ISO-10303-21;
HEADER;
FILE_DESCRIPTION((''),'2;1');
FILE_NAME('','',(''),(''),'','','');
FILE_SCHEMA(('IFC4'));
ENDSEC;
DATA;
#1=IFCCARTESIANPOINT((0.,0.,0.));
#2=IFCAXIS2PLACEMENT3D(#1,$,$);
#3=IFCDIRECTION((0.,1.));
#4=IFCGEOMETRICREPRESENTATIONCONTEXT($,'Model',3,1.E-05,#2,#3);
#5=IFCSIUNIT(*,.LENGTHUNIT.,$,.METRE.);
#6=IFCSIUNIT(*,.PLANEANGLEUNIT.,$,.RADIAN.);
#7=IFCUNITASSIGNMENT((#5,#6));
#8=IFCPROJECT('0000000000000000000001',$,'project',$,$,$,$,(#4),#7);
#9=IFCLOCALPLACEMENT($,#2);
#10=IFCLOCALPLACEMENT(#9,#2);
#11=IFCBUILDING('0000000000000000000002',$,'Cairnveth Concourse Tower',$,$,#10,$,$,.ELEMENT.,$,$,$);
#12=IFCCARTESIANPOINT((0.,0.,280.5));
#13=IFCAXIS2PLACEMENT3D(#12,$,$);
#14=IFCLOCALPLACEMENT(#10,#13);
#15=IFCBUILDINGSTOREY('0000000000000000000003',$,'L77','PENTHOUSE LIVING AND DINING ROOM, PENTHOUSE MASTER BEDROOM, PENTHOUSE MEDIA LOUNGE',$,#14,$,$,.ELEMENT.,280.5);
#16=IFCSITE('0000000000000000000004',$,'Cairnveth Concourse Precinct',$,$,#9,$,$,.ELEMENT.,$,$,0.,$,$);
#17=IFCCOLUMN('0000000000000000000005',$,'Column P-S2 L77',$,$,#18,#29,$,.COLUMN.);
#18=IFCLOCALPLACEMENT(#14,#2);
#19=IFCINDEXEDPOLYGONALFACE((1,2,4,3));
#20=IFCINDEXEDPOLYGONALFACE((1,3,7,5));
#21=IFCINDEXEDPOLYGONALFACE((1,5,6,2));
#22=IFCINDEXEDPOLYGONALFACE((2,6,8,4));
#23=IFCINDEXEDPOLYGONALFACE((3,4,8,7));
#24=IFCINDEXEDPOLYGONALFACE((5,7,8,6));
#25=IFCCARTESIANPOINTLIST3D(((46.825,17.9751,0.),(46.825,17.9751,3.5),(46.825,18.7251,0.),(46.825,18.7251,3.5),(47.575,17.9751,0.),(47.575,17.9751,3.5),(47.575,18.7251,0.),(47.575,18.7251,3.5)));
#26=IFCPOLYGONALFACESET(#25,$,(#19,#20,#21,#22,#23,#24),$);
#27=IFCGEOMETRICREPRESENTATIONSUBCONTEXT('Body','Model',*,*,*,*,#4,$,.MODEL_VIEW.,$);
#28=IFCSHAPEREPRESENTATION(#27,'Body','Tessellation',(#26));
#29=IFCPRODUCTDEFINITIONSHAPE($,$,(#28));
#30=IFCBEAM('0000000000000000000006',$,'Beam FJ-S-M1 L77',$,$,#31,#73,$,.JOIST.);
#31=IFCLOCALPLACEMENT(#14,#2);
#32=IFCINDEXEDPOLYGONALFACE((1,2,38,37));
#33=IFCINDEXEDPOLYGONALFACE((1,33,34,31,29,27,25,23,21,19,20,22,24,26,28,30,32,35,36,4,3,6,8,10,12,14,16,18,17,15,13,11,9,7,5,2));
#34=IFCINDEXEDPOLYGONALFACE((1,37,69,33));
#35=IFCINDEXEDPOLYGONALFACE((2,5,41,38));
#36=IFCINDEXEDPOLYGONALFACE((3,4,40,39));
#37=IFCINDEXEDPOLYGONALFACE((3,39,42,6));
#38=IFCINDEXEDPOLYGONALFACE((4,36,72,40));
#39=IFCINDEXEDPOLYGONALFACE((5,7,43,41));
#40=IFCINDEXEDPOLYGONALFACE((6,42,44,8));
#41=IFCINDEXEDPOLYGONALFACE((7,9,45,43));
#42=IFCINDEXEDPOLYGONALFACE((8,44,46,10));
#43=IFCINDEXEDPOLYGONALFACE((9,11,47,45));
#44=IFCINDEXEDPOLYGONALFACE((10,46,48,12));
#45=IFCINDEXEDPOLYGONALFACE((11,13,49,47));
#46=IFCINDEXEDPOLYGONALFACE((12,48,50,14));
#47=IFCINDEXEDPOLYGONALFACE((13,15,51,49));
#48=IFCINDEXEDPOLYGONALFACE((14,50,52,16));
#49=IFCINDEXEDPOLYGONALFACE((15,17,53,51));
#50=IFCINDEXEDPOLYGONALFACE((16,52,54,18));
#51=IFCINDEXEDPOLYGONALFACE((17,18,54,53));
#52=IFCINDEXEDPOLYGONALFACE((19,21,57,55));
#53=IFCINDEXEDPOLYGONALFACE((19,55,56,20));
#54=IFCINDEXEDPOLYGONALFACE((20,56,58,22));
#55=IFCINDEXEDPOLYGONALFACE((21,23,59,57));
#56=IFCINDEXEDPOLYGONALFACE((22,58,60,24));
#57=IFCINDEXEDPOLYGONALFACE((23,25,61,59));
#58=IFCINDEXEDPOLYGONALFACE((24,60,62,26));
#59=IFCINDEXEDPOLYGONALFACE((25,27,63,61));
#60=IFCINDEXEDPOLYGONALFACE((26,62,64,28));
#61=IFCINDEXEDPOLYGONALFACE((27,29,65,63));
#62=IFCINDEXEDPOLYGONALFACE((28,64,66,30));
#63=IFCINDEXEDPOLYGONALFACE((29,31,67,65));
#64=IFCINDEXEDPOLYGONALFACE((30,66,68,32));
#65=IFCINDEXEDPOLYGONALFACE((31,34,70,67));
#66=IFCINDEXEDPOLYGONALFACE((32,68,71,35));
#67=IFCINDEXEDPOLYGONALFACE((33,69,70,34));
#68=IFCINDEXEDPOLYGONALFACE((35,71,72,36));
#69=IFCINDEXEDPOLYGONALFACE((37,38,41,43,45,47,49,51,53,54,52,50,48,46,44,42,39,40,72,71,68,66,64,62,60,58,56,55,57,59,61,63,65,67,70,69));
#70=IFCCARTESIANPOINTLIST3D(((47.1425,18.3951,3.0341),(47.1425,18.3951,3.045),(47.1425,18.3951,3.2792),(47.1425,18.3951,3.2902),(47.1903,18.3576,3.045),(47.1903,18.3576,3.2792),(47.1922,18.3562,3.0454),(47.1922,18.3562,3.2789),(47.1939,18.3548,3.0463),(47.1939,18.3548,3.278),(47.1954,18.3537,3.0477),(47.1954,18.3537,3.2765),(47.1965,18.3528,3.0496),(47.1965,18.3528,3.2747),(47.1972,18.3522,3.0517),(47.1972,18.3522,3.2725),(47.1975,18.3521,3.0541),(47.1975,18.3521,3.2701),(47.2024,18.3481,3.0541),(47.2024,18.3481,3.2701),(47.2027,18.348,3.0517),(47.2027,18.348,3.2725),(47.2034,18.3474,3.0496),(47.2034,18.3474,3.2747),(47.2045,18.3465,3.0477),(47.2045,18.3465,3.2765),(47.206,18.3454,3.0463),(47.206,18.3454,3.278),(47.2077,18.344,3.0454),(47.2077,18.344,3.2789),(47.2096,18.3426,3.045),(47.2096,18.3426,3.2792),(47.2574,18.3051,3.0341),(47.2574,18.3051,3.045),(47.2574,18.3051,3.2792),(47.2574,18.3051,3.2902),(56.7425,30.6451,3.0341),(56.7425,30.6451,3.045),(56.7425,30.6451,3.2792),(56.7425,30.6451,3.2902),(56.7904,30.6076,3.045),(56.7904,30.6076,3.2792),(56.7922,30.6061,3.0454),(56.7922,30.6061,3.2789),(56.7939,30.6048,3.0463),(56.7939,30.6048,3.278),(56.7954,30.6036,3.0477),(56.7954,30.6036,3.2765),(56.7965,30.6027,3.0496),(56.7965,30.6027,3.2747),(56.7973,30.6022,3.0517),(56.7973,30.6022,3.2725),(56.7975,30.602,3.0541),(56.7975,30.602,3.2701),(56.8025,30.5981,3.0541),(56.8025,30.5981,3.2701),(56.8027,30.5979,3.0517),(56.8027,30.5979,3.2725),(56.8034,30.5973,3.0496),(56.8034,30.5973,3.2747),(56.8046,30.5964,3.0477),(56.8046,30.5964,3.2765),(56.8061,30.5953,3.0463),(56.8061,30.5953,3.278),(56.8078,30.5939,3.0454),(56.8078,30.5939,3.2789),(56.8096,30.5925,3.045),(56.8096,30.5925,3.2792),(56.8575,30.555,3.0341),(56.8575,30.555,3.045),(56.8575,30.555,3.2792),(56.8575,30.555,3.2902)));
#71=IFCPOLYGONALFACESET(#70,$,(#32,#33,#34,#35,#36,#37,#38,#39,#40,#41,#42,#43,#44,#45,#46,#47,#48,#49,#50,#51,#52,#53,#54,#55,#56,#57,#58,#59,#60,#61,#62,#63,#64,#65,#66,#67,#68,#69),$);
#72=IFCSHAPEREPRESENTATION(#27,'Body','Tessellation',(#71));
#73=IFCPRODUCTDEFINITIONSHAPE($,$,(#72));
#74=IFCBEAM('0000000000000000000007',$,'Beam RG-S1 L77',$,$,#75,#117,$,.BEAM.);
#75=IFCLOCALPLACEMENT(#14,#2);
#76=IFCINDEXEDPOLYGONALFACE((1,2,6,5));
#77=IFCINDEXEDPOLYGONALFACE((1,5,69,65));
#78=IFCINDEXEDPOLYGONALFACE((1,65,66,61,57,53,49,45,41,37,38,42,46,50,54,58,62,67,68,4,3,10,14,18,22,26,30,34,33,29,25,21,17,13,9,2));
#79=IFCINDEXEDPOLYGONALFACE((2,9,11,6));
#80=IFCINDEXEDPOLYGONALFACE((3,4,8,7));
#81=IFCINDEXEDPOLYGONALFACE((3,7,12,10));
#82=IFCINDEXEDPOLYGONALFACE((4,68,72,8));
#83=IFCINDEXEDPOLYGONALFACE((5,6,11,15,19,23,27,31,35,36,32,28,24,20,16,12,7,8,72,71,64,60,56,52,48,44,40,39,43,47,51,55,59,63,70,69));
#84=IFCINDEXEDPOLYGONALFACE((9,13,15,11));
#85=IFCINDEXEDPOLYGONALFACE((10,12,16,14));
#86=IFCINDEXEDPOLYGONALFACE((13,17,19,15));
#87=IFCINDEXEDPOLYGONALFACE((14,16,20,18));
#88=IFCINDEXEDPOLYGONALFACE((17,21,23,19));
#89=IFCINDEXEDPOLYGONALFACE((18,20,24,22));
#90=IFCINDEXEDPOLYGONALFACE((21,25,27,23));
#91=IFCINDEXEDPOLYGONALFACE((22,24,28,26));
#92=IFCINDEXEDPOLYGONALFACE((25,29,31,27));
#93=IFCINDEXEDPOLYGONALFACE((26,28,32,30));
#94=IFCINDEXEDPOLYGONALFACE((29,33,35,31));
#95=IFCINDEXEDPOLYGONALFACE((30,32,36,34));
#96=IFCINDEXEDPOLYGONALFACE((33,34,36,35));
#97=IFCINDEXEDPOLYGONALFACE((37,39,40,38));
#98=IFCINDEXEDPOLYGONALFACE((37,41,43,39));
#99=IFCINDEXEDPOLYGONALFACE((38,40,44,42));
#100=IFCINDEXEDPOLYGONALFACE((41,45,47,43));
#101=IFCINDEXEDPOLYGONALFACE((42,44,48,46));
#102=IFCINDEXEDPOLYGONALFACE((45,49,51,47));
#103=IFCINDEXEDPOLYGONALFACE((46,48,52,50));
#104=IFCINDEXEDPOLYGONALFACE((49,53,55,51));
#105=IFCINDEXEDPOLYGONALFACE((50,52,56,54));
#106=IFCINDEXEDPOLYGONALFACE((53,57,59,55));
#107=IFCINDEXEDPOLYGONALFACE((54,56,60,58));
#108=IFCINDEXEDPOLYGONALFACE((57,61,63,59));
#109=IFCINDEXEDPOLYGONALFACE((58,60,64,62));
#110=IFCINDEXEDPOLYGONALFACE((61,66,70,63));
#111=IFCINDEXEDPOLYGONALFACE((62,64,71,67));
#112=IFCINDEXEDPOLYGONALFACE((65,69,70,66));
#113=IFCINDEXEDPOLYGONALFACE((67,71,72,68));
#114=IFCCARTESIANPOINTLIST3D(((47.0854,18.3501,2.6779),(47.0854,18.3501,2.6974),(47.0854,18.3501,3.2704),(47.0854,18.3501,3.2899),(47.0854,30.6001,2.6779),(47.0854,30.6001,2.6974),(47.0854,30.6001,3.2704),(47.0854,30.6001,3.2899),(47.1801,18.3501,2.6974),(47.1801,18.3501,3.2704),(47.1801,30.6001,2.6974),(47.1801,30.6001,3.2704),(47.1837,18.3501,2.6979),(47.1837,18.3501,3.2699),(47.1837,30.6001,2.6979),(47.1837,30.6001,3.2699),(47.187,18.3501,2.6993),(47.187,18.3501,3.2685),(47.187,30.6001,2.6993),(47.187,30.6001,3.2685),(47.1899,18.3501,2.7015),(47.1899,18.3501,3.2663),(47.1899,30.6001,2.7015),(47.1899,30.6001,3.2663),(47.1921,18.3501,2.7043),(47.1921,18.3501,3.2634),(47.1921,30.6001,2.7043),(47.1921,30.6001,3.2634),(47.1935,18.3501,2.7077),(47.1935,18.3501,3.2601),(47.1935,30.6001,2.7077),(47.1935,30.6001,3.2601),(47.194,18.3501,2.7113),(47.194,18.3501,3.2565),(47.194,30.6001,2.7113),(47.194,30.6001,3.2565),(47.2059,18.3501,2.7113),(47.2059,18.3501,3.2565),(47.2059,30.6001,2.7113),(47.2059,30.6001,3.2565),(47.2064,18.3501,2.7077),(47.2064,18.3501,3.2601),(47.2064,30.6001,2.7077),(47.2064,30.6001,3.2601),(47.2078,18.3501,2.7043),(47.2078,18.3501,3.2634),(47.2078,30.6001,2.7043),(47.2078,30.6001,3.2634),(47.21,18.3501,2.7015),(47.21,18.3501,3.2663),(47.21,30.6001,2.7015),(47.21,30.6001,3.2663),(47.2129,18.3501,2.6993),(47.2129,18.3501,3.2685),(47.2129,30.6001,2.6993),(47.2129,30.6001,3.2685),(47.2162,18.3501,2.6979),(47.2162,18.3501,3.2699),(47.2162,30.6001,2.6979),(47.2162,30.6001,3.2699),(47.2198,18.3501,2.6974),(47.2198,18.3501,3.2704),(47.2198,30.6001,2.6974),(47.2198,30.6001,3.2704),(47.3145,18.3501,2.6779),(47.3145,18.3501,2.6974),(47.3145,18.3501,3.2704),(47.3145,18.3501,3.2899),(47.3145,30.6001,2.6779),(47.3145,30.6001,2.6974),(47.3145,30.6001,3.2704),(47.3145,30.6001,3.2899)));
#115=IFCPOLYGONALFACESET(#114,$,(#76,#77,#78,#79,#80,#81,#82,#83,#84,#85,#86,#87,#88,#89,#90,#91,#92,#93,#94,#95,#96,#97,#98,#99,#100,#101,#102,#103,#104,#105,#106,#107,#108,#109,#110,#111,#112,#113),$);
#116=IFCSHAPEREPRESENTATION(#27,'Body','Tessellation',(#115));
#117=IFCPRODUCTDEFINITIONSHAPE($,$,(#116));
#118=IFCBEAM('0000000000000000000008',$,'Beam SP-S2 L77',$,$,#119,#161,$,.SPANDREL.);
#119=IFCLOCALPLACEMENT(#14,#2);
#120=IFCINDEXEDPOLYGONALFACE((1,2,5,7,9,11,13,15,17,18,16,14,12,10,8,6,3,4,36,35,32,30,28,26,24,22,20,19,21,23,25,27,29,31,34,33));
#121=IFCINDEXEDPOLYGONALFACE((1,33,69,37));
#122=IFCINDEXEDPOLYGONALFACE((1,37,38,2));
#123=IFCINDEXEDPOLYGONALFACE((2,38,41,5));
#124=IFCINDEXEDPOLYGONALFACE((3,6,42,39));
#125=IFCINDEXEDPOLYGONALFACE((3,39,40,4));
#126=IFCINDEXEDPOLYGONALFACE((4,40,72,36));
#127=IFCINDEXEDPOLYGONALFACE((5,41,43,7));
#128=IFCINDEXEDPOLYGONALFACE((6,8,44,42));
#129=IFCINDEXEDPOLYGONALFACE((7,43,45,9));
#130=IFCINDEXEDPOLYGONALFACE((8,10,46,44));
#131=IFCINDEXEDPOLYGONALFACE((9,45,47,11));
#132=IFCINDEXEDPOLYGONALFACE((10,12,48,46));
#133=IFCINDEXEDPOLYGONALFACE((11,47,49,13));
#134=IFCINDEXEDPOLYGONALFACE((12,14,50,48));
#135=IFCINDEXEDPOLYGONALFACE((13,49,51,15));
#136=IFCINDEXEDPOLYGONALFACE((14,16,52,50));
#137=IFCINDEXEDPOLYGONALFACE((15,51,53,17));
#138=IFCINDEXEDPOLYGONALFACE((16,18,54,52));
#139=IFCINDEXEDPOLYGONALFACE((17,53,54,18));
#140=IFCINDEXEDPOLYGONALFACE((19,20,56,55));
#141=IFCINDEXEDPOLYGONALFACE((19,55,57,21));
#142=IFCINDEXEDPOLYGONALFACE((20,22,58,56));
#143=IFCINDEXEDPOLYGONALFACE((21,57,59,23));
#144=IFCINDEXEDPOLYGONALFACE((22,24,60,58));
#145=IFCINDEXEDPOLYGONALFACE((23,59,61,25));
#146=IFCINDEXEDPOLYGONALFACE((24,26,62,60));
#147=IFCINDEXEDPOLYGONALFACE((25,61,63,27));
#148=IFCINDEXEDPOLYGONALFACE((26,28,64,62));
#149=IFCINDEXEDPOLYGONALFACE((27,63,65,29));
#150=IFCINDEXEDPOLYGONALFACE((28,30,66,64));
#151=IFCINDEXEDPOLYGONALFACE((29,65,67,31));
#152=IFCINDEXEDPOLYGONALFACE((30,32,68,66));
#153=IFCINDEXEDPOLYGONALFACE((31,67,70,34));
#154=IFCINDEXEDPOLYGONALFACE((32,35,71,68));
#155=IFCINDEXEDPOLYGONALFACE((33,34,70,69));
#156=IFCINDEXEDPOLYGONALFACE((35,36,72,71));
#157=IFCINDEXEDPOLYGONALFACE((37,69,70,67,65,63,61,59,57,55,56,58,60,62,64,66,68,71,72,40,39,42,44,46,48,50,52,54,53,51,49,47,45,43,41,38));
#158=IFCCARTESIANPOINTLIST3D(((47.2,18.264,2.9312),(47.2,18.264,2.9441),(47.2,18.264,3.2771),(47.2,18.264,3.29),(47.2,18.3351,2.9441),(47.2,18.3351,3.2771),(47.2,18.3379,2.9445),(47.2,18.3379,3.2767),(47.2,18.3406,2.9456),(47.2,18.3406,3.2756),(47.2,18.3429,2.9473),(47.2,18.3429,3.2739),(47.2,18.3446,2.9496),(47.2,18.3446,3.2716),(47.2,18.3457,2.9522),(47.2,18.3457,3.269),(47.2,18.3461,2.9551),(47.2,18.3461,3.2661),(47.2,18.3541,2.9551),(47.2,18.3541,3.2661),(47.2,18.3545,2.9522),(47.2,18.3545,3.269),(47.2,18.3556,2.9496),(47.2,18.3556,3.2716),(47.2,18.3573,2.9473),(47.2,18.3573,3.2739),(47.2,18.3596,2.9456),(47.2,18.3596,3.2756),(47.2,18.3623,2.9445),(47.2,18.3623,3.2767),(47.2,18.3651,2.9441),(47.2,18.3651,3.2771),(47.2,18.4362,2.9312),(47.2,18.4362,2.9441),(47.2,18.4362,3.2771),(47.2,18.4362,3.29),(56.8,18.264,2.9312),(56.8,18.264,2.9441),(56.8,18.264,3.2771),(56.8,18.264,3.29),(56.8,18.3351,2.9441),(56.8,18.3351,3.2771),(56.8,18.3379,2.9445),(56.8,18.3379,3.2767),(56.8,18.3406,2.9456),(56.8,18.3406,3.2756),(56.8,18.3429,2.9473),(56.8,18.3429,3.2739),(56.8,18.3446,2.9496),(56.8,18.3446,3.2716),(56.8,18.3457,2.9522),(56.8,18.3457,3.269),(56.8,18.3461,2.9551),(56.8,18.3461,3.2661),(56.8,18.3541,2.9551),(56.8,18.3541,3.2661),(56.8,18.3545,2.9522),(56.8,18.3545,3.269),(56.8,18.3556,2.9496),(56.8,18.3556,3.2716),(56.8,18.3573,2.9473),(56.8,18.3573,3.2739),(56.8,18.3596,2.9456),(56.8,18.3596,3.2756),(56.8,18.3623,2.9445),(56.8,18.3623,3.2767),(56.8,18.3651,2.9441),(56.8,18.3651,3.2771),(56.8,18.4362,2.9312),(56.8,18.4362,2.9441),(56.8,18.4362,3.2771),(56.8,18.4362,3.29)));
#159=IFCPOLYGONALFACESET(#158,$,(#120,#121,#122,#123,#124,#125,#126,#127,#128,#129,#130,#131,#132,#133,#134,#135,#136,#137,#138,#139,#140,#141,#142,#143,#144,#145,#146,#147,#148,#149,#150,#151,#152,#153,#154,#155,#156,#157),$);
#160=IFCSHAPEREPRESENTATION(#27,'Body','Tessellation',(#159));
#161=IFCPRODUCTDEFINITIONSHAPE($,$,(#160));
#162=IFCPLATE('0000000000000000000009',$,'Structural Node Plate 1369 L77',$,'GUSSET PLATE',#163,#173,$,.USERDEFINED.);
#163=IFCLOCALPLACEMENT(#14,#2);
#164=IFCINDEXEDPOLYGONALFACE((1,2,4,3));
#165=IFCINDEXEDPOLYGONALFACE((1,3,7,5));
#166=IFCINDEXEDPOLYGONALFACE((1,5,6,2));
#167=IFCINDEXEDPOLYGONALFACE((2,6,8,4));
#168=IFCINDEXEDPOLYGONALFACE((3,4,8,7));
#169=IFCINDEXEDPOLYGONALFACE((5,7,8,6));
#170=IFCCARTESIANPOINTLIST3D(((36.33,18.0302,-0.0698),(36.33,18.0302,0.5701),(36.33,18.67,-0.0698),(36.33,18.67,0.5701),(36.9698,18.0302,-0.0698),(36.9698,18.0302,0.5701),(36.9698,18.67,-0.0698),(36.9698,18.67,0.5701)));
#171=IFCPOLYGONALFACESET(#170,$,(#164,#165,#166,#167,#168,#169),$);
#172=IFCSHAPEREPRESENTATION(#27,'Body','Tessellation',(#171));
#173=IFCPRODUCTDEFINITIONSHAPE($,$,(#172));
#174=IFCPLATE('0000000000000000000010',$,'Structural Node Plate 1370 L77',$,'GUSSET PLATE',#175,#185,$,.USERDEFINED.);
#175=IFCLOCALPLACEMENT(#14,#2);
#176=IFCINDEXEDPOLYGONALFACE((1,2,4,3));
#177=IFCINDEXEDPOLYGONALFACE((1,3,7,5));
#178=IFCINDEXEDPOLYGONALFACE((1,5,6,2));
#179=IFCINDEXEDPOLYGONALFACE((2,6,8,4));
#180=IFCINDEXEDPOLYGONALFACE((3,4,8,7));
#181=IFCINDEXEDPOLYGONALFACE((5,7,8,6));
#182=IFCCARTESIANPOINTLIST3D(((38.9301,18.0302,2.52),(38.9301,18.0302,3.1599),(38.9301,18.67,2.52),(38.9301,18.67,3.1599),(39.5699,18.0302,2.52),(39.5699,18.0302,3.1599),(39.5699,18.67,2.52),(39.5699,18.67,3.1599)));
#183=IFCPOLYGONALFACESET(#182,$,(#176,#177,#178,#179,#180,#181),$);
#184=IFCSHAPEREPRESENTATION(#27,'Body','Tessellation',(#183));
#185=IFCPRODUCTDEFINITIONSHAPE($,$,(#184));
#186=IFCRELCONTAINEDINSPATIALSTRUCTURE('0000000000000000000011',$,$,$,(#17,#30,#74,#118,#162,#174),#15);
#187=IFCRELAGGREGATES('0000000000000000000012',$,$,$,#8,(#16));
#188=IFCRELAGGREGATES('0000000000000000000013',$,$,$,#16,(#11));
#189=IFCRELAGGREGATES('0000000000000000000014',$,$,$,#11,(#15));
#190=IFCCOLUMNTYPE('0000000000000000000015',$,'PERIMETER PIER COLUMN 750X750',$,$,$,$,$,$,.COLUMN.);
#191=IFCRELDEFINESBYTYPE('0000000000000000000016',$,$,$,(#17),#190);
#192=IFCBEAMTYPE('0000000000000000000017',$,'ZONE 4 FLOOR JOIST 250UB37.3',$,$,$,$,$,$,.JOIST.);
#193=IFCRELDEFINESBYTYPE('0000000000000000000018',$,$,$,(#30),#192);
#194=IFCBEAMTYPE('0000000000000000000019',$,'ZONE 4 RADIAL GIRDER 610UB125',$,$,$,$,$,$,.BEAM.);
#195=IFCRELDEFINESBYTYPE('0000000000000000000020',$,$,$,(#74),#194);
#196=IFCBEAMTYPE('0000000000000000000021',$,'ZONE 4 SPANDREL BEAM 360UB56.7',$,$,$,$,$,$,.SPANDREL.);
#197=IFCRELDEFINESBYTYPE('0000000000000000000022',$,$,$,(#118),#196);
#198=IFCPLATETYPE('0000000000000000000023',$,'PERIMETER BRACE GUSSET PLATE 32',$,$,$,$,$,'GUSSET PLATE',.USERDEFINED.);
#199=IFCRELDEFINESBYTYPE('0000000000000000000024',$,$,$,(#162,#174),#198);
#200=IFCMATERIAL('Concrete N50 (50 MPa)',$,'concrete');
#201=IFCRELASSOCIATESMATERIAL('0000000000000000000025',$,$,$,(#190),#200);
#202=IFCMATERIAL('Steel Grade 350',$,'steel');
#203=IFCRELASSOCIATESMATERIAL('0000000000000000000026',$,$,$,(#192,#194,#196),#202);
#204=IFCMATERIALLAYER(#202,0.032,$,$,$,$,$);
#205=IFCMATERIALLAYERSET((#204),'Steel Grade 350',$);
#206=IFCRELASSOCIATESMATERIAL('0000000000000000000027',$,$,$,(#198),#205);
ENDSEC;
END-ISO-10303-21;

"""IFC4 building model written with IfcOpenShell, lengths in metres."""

from ifc_helpers import new_model, si_unit, direction, frame, origin, origin_2d, place, context, subcontext, project, spatial, rectangle, i_section, extrude, material, layer, layer_set, material_profile, profile_set, type_object, element, save


model = new_model("IFC4")

# Units and contexts
model_context = context("Model", 3, precision=1e-05, world=origin(), true_north=direction((0.0, 1.0)))
body_context = subcontext(model_context, "Body", "Model", "MODEL_VIEW")
ifc_project = project(units=[si_unit("LENGTHUNIT", "METRE"), si_unit("PLANEANGLEUNIT", "RADIAN")], contexts=[model_context])

# Site, building, storey
site_placement = place(None, origin())
site = spatial("IfcSite", under=ifc_project, at=site_placement, Name="Cairnveth Concourse Precinct", CompositionType="ELEMENT", RefElevation=0.0)
building_placement = place(site_placement, origin())
building = spatial("IfcBuilding", under=site, at=building_placement, Name="Cairnveth Concourse Tower", CompositionType="ELEMENT")
storey_placement = place(building_placement, frame((0.0, 0.0, 280.5)))
storey = spatial("IfcBuildingStorey", under=building, at=storey_placement, Name="L77", Description="PENTHOUSE LIVING AND DINING ROOM, PENTHOUSE MASTER BEDROOM, PENTHOUSE MEDIA LOUNGE", CompositionType="ELEMENT", Elevation=280.5)

# Column
ifc_material_1 = material(Name="Concrete N50 (50 MPa)", Category="concrete")
ifc_material_profile_1 = material_profile(ifc_material_1, rectangle(XDim=0.75, YDim=0.75, at=origin_2d()), Name="RC-COL-750x750")
ifc_profile_set_1 = profile_set([ifc_material_profile_1], Name="Concrete N50 (50 MPa)")
column_type = type_object("IfcColumnType", Name="PERIMETER PIER COLUMN 750X750", PredefinedType="COLUMN", material=ifc_profile_set_1)
column_placement = place(storey_placement, frame((47.2, 18.3501, 0.0), z_axis=(0.0, 0.0, 1.0), x_axis=(1.0, 0.0, 0.0)))
element("IfcColumn", 1, at=column_placement, inside=storey, type_object=column_type, Name="Column P-S2 L77", PredefinedType="COLUMN", context=body_context, shape_type="SweptSolid", body=[
    extrude(rectangle(XDim=0.75, YDim=0.75, at=origin_2d()), origin(), (0.0, 0.0, 1.0), 3.5),
])

# Beams
ifc_material_2 = material(Name="Steel Grade 350", Category="steel")
ifc_material_profile_2 = material_profile(ifc_material_2, i_section(OverallWidth=0.146, OverallDepth=0.2561, WebThickness=0.0063, FlangeThickness=0.011, FilletRadius=0.009, at=origin_2d()), Name="250UB37.3")
ifc_profile_set_2 = profile_set([ifc_material_profile_2], Name="Steel Grade 350")
beam_type_1 = type_object("IfcBeamType", Name="ZONE 4 FLOOR JOIST 250UB37.3", PredefinedType="JOIST", material=ifc_profile_set_2)
beam_1_placement = place(storey_placement, frame((47.2, 18.3501, 3.1621), z_axis=(0.616832, 0.787095, 0.0), x_axis=(-0.787095, 0.616832, 0.0)))
element("IfcBeam", 2, at=beam_1_placement, inside=storey, type_object=beam_type_1, Name="Beam FJ-S-M1 L77", PredefinedType="JOIST", context=body_context, shape_type="SweptSolid", body=[
    extrude(i_section(OverallWidth=0.146, OverallDepth=0.2561, WebThickness=0.0063, FlangeThickness=0.011, FilletRadius=0.009, at=origin_2d()), origin(), (0.0, 0.0, 1.0), 15.5635),
])
ifc_material_profile_3 = material_profile(ifc_material_2, i_section(OverallWidth=0.229, OverallDepth=0.6121, WebThickness=0.012, FlangeThickness=0.0195, FilletRadius=0.0139, at=origin_2d()), Name="610UB125")
ifc_profile_set_3 = profile_set([ifc_material_profile_3], Name="Steel Grade 350")
beam_type_2 = type_object("IfcBeamType", Name="ZONE 4 RADIAL GIRDER 610UB125", PredefinedType="BEAM", material=ifc_profile_set_3)
beam_2_placement = place(storey_placement, frame((47.2, 18.3501, 2.9839), z_axis=(0.0, 1.0, 0.0), x_axis=(-1.0, 0.0, 0.0)))
element("IfcBeam", 3, at=beam_2_placement, inside=storey, type_object=beam_type_2, Name="Beam RG-S1 L77", PredefinedType="BEAM", context=body_context, shape_type="SweptSolid", body=[
    extrude(i_section(OverallWidth=0.229, OverallDepth=0.6121, WebThickness=0.012, FlangeThickness=0.0195, FilletRadius=0.0139, at=origin_2d()), origin(), (0.0, 0.0, 1.0), 12.25),
])
ifc_material_profile_4 = material_profile(ifc_material_2, i_section(OverallWidth=0.1721, OverallDepth=0.3589, WebThickness=0.0081, FlangeThickness=0.0129, FilletRadius=0.011, at=origin_2d()), Name="360UB56.7")
ifc_profile_set_4 = profile_set([ifc_material_profile_4], Name="Steel Grade 350")
beam_type_3 = type_object("IfcBeamType", Name="ZONE 4 SPANDREL BEAM 360UB56.7", PredefinedType="SPANDREL", material=ifc_profile_set_4)
beam_3_placement = place(storey_placement, frame((47.2, 18.3501, 3.1106), z_axis=(1.0, 0.0, 0.0), x_axis=(0.0, 1.0, 0.0)))
element("IfcBeam", 4, at=beam_3_placement, inside=storey, type_object=beam_type_3, Name="Beam SP-S2 L77", PredefinedType="SPANDREL", context=body_context, shape_type="SweptSolid", body=[
    extrude(i_section(OverallWidth=0.1721, OverallDepth=0.3589, WebThickness=0.0081, FlangeThickness=0.0129, FilletRadius=0.011, at=origin_2d()), origin(), (0.0, 0.0, 1.0), 9.6001),
])

# Plates
ifc_layer_1 = layer(ifc_material_2, 0.032)
ifc_layer_set_1 = layer_set([ifc_layer_1], Name="Steel Grade 350")
plate_type = type_object("IfcPlateType", Name="PERIMETER BRACE GUSSET PLATE 32", ElementType="GUSSET PLATE", PredefinedType="USERDEFINED", material=ifc_layer_set_1)
for number, where, z_axis, x_axis, name in (
    (5, (36.6499, 18.3501, -0.0698), (0.0, 0.0, 1.0), (1.0, 0.0, 0.0), "Structural Node Plate 1369 L77"),
    (6, (39.25, 18.3501, 2.52), (0.0, 0.0, 1.0), (1.0, 0.0, 0.0), "Structural Node Plate 1370 L77"),
):
    element("IfcPlate", number, at=place(storey_placement, frame(where, z_axis=z_axis, x_axis=x_axis)), inside=storey, type_object=plate_type, Name=name, ObjectType="GUSSET PLATE", PredefinedType="USERDEFINED", context=body_context, shape_type="SweptSolid", body=[
        extrude(rectangle(XDim=0.6399, YDim=0.6399, at=origin_2d()), origin(), (0.0, 0.0, 1.0), 0.6399),
    ])

save(model, "model.ifc")
